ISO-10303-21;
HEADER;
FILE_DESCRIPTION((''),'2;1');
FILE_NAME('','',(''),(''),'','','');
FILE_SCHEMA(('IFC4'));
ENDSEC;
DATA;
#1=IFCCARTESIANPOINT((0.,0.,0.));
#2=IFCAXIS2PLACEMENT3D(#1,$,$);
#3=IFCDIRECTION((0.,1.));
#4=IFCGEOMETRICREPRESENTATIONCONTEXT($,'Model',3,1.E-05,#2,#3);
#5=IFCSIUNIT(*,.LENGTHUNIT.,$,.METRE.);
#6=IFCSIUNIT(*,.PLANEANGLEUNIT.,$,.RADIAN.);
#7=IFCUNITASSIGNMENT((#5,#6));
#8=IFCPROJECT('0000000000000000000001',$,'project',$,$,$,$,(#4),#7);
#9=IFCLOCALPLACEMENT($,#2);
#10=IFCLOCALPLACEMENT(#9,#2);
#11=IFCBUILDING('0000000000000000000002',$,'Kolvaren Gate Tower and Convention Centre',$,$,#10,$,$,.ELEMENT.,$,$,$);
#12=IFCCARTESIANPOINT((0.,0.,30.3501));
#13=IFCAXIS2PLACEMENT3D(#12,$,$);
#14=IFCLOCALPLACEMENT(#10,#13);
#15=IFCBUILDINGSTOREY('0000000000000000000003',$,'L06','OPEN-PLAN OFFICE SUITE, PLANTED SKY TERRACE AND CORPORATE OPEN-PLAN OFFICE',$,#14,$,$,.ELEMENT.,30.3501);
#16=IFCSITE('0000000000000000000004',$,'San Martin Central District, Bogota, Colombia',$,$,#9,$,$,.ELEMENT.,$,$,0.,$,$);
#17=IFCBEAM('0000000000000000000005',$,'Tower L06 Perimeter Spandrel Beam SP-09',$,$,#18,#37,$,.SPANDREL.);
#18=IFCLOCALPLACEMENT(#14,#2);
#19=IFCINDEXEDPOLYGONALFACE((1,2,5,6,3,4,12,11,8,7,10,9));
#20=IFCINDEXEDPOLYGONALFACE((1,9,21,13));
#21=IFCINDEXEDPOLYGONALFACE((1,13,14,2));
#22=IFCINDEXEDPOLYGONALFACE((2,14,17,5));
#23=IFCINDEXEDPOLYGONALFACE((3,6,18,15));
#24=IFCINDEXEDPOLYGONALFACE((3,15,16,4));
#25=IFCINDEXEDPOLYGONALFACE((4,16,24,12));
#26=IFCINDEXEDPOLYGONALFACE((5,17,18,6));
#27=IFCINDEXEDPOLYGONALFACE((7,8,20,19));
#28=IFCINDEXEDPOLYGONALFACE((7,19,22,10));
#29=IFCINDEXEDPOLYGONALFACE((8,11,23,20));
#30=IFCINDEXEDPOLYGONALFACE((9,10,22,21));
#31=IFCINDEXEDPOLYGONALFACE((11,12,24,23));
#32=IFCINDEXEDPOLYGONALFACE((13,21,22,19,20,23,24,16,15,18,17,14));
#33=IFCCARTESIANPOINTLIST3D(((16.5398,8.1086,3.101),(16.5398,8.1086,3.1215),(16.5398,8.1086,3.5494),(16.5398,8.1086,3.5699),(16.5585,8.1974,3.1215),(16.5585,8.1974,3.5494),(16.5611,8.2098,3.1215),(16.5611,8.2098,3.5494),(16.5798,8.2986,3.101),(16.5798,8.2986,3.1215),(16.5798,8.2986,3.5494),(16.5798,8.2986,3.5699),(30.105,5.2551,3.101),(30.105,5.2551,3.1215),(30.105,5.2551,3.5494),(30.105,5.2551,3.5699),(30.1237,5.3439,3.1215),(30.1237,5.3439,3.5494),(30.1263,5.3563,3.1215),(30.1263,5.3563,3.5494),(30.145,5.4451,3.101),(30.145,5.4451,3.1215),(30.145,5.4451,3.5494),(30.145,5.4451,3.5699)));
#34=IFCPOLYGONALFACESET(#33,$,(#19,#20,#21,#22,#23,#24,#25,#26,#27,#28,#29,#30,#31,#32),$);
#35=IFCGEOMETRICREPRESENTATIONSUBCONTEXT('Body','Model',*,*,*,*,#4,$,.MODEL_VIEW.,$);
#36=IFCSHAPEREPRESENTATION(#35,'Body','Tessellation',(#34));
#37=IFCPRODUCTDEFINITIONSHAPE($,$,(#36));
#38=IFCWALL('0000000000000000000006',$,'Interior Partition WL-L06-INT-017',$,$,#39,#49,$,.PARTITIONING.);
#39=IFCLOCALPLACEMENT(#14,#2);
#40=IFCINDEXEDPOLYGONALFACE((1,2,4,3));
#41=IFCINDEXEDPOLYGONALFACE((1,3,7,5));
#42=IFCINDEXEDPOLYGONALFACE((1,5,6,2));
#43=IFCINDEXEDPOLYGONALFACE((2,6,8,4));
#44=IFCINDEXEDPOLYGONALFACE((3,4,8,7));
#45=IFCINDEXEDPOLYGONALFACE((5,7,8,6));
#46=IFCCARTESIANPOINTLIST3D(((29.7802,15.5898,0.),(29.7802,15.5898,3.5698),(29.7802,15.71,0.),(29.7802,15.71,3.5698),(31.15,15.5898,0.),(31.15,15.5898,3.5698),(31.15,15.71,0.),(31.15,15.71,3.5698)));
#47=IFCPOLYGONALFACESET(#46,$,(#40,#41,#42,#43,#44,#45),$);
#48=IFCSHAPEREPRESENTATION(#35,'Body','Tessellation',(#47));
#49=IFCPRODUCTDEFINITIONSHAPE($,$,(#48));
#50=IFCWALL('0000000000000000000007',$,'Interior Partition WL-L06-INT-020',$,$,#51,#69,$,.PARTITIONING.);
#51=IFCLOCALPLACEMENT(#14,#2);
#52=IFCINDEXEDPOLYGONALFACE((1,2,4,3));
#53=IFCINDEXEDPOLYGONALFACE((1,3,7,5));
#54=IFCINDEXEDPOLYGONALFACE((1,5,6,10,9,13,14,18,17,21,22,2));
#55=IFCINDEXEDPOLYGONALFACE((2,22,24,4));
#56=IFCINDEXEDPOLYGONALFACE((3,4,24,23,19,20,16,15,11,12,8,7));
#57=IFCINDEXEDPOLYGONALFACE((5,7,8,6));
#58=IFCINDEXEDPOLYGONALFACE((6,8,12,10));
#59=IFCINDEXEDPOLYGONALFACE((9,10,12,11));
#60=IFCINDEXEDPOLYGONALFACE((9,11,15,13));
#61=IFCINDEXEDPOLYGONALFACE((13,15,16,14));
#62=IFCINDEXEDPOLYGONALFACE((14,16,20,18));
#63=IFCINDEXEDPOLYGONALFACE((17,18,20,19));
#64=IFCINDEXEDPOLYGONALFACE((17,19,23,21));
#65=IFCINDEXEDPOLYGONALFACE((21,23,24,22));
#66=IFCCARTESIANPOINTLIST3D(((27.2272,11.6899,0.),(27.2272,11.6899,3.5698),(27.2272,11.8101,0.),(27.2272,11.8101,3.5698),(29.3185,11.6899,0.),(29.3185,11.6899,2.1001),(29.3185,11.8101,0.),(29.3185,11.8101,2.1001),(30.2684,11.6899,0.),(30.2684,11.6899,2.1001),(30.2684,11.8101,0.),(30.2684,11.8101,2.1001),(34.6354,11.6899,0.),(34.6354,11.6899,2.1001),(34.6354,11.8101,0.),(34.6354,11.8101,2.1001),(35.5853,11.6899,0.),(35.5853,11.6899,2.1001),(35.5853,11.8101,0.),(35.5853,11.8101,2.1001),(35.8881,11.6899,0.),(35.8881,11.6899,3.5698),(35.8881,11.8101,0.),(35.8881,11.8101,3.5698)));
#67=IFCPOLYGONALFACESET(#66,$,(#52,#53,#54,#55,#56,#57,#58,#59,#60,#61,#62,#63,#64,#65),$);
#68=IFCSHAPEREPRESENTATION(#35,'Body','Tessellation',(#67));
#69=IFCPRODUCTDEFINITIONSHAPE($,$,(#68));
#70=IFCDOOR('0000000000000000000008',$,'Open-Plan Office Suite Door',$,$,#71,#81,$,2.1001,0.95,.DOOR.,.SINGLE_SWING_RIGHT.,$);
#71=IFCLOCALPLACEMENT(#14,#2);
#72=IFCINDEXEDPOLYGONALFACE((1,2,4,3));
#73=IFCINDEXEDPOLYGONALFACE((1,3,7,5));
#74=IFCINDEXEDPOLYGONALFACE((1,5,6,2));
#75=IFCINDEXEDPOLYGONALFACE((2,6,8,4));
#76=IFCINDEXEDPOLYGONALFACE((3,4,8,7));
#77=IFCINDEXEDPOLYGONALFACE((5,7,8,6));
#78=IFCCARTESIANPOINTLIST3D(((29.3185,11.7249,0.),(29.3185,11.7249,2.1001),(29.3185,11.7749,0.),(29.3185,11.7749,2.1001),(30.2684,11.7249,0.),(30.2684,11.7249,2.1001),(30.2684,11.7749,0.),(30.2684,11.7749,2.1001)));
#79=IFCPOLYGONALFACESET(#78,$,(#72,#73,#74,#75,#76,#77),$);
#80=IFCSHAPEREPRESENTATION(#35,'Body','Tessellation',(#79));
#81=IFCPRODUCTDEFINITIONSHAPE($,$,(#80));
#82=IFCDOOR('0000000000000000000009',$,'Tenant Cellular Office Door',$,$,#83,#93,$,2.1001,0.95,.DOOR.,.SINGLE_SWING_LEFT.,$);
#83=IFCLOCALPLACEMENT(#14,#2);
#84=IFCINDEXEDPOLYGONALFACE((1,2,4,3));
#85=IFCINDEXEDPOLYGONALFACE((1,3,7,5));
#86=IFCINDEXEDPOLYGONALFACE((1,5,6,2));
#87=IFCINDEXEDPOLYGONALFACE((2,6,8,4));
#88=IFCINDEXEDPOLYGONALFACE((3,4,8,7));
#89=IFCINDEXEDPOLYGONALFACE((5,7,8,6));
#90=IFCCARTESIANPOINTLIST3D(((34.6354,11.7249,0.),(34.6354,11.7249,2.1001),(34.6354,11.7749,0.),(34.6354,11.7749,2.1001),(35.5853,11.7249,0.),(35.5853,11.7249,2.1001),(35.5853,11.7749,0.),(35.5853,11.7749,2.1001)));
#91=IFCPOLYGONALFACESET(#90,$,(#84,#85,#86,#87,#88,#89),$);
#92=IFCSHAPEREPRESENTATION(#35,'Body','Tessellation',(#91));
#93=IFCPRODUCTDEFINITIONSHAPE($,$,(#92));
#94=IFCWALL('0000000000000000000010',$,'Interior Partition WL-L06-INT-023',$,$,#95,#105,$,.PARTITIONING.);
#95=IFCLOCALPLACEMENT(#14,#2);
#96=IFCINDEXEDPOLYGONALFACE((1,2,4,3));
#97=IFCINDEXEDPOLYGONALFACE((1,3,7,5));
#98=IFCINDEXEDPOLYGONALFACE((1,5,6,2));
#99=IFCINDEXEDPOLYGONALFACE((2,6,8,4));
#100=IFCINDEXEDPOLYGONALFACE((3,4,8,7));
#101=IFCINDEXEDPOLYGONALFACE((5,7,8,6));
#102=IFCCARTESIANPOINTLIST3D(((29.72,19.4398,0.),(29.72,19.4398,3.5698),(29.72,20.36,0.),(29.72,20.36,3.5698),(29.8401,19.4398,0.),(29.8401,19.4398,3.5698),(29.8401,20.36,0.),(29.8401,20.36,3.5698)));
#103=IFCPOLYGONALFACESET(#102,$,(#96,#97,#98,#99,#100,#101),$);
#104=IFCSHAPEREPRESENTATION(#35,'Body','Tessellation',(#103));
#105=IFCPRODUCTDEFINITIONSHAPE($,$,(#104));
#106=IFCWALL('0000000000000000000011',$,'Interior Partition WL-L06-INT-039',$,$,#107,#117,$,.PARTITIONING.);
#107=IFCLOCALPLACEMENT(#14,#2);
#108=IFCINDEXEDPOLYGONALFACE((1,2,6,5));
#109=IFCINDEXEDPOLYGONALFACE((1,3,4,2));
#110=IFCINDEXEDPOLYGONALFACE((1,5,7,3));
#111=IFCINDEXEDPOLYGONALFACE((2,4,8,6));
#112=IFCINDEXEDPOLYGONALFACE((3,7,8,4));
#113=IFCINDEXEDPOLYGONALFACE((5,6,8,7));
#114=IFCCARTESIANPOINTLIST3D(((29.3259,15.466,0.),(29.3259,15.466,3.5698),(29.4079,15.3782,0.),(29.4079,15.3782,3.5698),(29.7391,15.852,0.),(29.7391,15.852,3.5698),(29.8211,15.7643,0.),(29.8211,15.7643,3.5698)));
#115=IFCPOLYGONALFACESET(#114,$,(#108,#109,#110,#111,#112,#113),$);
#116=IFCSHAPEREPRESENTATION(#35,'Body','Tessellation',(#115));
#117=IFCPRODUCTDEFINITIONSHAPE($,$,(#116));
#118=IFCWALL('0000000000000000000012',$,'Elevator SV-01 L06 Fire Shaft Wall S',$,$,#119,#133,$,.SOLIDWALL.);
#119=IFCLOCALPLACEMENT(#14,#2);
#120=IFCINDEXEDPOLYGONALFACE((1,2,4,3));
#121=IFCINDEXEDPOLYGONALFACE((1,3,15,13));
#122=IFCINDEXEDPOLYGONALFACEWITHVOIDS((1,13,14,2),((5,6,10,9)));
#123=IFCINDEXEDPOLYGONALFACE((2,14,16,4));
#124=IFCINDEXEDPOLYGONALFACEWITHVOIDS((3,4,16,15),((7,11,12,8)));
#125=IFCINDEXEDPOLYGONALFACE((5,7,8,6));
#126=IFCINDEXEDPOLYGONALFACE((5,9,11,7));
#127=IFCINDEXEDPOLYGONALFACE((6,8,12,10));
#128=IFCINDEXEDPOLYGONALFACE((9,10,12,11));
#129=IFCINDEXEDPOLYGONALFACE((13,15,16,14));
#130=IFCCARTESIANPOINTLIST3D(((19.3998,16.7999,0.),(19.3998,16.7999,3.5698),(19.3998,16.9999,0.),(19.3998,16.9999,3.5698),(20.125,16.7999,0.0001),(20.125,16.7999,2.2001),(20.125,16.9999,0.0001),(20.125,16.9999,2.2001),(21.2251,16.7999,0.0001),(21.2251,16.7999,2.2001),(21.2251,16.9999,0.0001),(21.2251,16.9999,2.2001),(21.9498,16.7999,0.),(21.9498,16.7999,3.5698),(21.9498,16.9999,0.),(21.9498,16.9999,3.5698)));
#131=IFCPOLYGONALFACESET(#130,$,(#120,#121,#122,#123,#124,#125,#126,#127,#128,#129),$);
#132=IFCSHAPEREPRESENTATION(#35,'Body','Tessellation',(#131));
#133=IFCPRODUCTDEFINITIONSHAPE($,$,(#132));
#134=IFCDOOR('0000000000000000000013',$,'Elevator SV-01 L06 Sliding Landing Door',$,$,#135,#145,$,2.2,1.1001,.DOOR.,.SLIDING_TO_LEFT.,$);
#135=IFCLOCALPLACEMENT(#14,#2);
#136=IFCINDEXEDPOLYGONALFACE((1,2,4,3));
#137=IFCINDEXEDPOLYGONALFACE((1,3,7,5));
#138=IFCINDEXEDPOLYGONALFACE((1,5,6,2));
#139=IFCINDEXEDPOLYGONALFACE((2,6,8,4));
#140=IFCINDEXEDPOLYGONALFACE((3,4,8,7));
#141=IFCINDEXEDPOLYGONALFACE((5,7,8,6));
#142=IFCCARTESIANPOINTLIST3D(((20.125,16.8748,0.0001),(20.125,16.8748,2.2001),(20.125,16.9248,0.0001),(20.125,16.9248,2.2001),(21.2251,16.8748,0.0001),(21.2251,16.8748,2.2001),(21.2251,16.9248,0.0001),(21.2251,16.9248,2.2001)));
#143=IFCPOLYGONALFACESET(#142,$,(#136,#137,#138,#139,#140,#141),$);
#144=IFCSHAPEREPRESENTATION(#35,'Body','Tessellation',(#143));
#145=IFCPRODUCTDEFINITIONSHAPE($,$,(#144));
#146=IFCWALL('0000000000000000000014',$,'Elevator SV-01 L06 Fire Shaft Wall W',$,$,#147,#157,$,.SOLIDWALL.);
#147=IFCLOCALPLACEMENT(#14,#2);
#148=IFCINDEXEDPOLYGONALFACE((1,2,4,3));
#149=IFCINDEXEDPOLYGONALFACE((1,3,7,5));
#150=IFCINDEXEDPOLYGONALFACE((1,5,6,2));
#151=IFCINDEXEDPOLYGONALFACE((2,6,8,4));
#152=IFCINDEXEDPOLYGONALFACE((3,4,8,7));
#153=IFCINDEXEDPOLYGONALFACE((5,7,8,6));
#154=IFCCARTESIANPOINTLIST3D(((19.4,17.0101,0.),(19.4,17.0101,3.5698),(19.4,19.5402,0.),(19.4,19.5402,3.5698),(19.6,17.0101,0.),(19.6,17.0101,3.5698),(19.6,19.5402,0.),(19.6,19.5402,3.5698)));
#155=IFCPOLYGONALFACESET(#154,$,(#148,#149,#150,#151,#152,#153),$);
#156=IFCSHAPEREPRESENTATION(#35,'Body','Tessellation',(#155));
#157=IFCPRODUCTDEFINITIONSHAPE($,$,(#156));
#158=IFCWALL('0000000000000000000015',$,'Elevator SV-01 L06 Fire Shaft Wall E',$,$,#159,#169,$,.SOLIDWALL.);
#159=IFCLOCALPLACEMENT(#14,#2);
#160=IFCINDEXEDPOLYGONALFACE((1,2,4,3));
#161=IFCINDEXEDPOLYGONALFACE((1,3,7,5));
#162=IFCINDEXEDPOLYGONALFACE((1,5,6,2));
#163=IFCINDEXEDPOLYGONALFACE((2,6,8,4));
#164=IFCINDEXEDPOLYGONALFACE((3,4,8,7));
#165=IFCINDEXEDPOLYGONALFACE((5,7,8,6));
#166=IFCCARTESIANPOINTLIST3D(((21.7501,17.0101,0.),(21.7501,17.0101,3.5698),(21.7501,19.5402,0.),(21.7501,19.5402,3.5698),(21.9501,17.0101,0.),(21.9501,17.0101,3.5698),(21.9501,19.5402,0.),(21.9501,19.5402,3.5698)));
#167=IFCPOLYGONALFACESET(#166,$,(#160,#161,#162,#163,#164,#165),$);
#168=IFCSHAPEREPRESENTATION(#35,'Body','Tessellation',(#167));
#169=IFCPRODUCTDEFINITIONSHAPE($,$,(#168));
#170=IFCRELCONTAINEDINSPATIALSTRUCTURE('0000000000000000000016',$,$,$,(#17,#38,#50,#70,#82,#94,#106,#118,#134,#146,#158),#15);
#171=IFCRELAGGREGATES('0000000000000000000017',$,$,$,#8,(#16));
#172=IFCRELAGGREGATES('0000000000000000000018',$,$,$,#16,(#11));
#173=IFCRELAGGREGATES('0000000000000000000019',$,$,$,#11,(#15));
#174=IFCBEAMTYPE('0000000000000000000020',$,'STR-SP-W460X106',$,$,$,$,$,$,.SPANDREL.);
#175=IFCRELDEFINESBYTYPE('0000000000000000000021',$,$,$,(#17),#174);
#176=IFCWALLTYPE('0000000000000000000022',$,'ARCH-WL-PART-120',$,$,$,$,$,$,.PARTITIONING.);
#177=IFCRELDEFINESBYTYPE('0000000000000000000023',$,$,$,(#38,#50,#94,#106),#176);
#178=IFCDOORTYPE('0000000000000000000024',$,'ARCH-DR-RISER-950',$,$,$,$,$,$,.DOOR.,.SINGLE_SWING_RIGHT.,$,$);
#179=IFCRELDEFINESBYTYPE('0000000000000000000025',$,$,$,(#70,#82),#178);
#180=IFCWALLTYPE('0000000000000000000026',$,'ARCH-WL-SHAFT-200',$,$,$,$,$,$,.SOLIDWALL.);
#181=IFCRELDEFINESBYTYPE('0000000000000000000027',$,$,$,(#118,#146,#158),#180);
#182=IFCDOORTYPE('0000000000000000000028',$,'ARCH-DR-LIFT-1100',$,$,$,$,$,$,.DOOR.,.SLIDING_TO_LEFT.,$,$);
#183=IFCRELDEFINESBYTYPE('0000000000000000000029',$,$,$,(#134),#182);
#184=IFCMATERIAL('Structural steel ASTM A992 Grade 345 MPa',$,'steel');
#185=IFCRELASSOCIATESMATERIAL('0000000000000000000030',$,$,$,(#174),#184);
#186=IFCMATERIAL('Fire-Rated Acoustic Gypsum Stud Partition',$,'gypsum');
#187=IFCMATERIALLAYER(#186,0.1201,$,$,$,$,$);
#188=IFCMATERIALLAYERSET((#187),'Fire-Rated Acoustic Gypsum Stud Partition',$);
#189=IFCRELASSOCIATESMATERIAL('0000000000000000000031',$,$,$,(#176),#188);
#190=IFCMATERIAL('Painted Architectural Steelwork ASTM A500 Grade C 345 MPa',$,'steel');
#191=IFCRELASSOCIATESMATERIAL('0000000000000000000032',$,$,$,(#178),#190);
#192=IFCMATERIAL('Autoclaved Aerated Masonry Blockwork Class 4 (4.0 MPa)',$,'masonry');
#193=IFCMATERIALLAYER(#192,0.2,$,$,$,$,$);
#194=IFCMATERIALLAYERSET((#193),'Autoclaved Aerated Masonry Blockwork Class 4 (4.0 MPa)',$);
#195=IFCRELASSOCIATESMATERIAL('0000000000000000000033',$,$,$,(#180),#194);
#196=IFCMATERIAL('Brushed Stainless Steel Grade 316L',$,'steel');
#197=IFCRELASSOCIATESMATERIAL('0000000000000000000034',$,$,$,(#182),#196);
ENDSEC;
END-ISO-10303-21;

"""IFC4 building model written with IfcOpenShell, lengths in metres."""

from ifc_helpers import new_model, si_unit, direction, frame, frame_2d, origin, origin_2d, place, context, subcontext, project, spatial, rectangle, i_section, extrude, material, layer, layer_set, material_profile, profile_set, type_object, element, fill, save


model = new_model("IFC4")

# Units and contexts
model_context = context("Model", 3, precision=1e-05, world=origin(), true_north=direction((0.0, 1.0)))
body_context = subcontext(model_context, "Body", "Model", "MODEL_VIEW")
ifc_project = project(units=[si_unit("LENGTHUNIT", "METRE"), si_unit("PLANEANGLEUNIT", "RADIAN")], contexts=[model_context])

# Site, building, storey
site_placement = place(None, origin())
site = spatial("IfcSite", under=ifc_project, at=site_placement, Name="San Martin Central District, Bogota, Colombia", CompositionType="ELEMENT", RefElevation=0.0)
building_placement = place(site_placement, origin())
building = spatial("IfcBuilding", under=site, at=building_placement, Name="Kolvaren Gate Tower and Convention Centre", CompositionType="ELEMENT")
storey_placement = place(building_placement, frame((0.0, 0.0, 30.3501)))
storey = spatial("IfcBuildingStorey", under=building, at=storey_placement, Name="L06", Description="OPEN-PLAN OFFICE SUITE, PLANTED SKY TERRACE AND CORPORATE OPEN-PLAN OFFICE", CompositionType="ELEMENT", Elevation=30.3501)

# Beam
ifc_material_1 = material(Name="Structural steel ASTM A992 Grade 345 MPa", Category="steel")
ifc_material_profile_1 = material_profile(ifc_material_1, i_section(OverallWidth=0.1941, OverallDepth=0.469, WebThickness=0.0127, FlangeThickness=0.0205, at=origin_2d()), Name="W460X106")
ifc_profile_set_1 = profile_set([ifc_material_profile_1], Name="Structural steel ASTM A992 Grade 345 MPa")
beam_type_1 = type_object("IfcBeamType", Name="STR-SP-W460X106", PredefinedType="SPANDREL", material=ifc_profile_set_1)
beam_1_placement = place(storey_placement, frame((16.5598, 8.2036, 3.3354), z_axis=(0.978583, -0.205851, 0.0), x_axis=(0.205851, 0.978583, 0.0)))
element("IfcBeam", 1, at=beam_1_placement, inside=storey, type_object=beam_type_1, Name="Tower L06 Perimeter Spandrel Beam SP-09", PredefinedType="SPANDREL", context=body_context, shape_type="SweptSolid", body=[
    extrude(i_section(OverallWidth=0.1941, OverallDepth=0.469, WebThickness=0.0127, FlangeThickness=0.0205, at=origin_2d()), origin(), (0.0, 0.0, 1.0), 13.8621),
])

# Wall
ifc_material_2 = material(Name="Fire-Rated Acoustic Gypsum Stud Partition", Category="gypsum")
ifc_layer_1 = layer(ifc_material_2, 0.1201)
ifc_layer_set_1 = layer_set([ifc_layer_1], Name="Fire-Rated Acoustic Gypsum Stud Partition")
wall_type_1 = type_object("IfcWallType", Name="ARCH-WL-PART-120", PredefinedType="PARTITIONING", material=ifc_layer_set_1)
wall_1_placement = place(storey_placement, frame((29.78, 15.6499, 0.0), z_axis=(0.0, 0.0, 1.0), x_axis=(1.0, 0.0, 0.0)))
element("IfcWall", 2, at=wall_1_placement, inside=storey, type_object=wall_type_1, Name="Interior Partition WL-L06-INT-017", PredefinedType="PARTITIONING", context=body_context, shape_type="SweptSolid", body=[
    extrude(rectangle(XDim=1.3699, YDim=0.1201, at=frame_2d((0.6851, 0.0))), origin(), (0.0, 0.0, 1.0), 3.5698),
])

# Wall, openings, doors
wall_2_placement = place(storey_placement, frame((27.2271, 11.75, 0.0), z_axis=(0.0, 0.0, 1.0), x_axis=(1.0, 0.0, 0.0)))
wall_2 = element("IfcWall", 3, at=wall_2_placement, inside=storey, type_object=wall_type_1, Name="Interior Partition WL-L06-INT-020", PredefinedType="PARTITIONING", context=body_context, shape_type="SweptSolid", body=[
    extrude(rectangle(XDim=8.6609, YDim=0.1201, at=frame_2d((4.3306, 0.0))), origin(), (0.0, 0.0, 1.0), 3.5698),
])
opening_1_placement = place(wall_2_placement, frame((2.0913, 0.0, 0.0)))
opening_1 = element("IfcOpeningElement", 4, at=opening_1_placement, cuts=wall_2, PredefinedType="OPENING", context=body_context, shape_type="SweptSolid", body=[
    extrude(rectangle(XDim=0.95, YDim=2.1001, at=frame_2d((0.4751, 1.05))), frame((0.0, 0.0701, 0.0), z_axis=(0.0, -1.0, 0.0), x_axis=(1.0, 0.0, 0.0)), (0.0, 0.0, 1.0), 0.1401),
])
opening_2_placement = place(wall_2_placement, frame((7.4082, 0.0, 0.0)))
opening_2 = element("IfcOpeningElement", 5, at=opening_2_placement, cuts=wall_2, PredefinedType="OPENING", context=body_context, shape_type="SweptSolid", body=[
    extrude(rectangle(XDim=0.95, YDim=2.1001, at=frame_2d((0.4751, 1.05))), frame((0.0, 0.0701, 0.0), z_axis=(0.0, -1.0, 0.0), x_axis=(1.0, 0.0, 0.0)), (0.0, 0.0, 1.0), 0.1401),
])
ifc_material_3 = material(Name="Painted Architectural Steelwork ASTM A500 Grade C 345 MPa", Category="steel")
door_type_1 = type_object("IfcDoorType", Name="ARCH-DR-RISER-950", OperationType="SINGLE_SWING_RIGHT", PredefinedType="DOOR", material=ifc_material_3)
door_1_placement = place(opening_1_placement, origin())
door_1 = element("IfcDoor", 6, at=door_1_placement, inside=storey, type_object=door_type_1, Name="Open-Plan Office Suite Door", OperationType="SINGLE_SWING_RIGHT", OverallHeight=2.1001, OverallWidth=0.95, PredefinedType="DOOR", context=body_context, shape_type="SweptSolid", body=[
    extrude(rectangle(XDim=0.95, YDim=2.1001, at=frame_2d((0.4751, 1.05))), frame((0.0, 0.0249, 0.0), z_axis=(0.0, -1.0, 0.0), x_axis=(1.0, 0.0, 0.0)), (0.0, 0.0, 1.0), 0.05),
])
fill(opening_1, door_1)
door_2_placement = place(opening_2_placement, origin())
door_2 = element("IfcDoor", 7, at=door_2_placement, inside=storey, type_object=door_type_1, Name="Tenant Cellular Office Door", OperationType="SINGLE_SWING_LEFT", OverallHeight=2.1001, OverallWidth=0.95, PredefinedType="DOOR", context=body_context, shape_type="SweptSolid", body=[
    extrude(rectangle(XDim=0.95, YDim=2.1001, at=frame_2d((0.4751, 1.05))), frame((0.0, 0.0249, 0.0), z_axis=(0.0, -1.0, 0.0), x_axis=(1.0, 0.0, 0.0)), (0.0, 0.0, 1.0), 0.05),
])
fill(opening_2, door_2)

# Walls
wall_3_placement = place(storey_placement, frame((29.78, 19.4399, 0.0), z_axis=(0.0, 0.0, 1.0), x_axis=(0.0, 1.0, 0.0)))
element("IfcWall", 8, at=wall_3_placement, inside=storey, type_object=wall_type_1, Name="Interior Partition WL-L06-INT-023", PredefinedType="PARTITIONING", context=body_context, shape_type="SweptSolid", body=[
    extrude(rectangle(XDim=0.9202, YDim=0.1201, at=frame_2d((0.46, 0.0))), origin(), (0.0, 0.0, 1.0), 3.5698),
])
wall_4_placement = place(storey_placement, frame((29.3669, 15.4221, 0.0), z_axis=(0.0, 0.0, 1.0), x_axis=(0.730667, 0.682734, 0.0)))
element("IfcWall", 9, at=wall_4_placement, inside=storey, type_object=wall_type_1, Name="Interior Partition WL-L06-INT-039", PredefinedType="PARTITIONING", context=body_context, shape_type="SweptSolid", body=[
    extrude(rectangle(XDim=0.5654, YDim=0.1201, at=frame_2d((0.2827, 0.0))), origin(), (0.0, 0.0, 1.0), 3.5698),
])

# Wall, opening, door
ifc_material_4 = material(Name="Autoclaved Aerated Masonry Blockwork Class 4 (4.0 MPa)", Category="masonry")
ifc_layer_2 = layer(ifc_material_4, 0.2)
ifc_layer_set_2 = layer_set([ifc_layer_2], Name="Autoclaved Aerated Masonry Blockwork Class 4 (4.0 MPa)")
wall_type_2 = type_object("IfcWallType", Name="ARCH-WL-SHAFT-200", PredefinedType="SOLIDWALL", material=ifc_layer_set_2)
wall_5_placement = place(storey_placement, frame((19.3999, 16.8999, 0.0), z_axis=(0.0, 0.0, 1.0), x_axis=(1.0, 0.0, 0.0)))
wall_5 = element("IfcWall", 10, at=wall_5_placement, inside=storey, type_object=wall_type_2, Name="Elevator SV-01 L06 Fire Shaft Wall S", PredefinedType="SOLIDWALL", context=body_context, shape_type="SweptSolid", body=[
    extrude(rectangle(XDim=2.55, YDim=0.2, at=frame_2d((1.2749, 0.0))), origin(), (0.0, 0.0, 1.0), 3.5698),
])
opening_3_placement = place(wall_5_placement, frame((0.7251, 0.0, 0.0)))
opening_3 = element("IfcOpeningElement", 11, at=opening_3_placement, cuts=wall_5, PredefinedType="OPENING", context=body_context, shape_type="SweptSolid", body=[
    extrude(rectangle(XDim=1.1001, YDim=2.2, at=frame_2d((0.55, 1.1001))), frame((0.0, 0.1099, 0.0), z_axis=(0.0, -1.0, 0.0), x_axis=(1.0, 0.0, 0.0)), (0.0, 0.0, 1.0), 0.22),
])
ifc_material_5 = material(Name="Brushed Stainless Steel Grade 316L", Category="steel")
door_type_2 = type_object("IfcDoorType", Name="ARCH-DR-LIFT-1100", OperationType="SLIDING_TO_LEFT", PredefinedType="DOOR", material=ifc_material_5)
door_3_placement = place(opening_3_placement, origin())
door_3 = element("IfcDoor", 12, at=door_3_placement, inside=storey, type_object=door_type_2, Name="Elevator SV-01 L06 Sliding Landing Door", OperationType="SLIDING_TO_LEFT", OverallHeight=2.2, OverallWidth=1.1001, PredefinedType="DOOR", context=body_context, shape_type="SweptSolid", body=[
    extrude(rectangle(XDim=1.1001, YDim=2.2, at=frame_2d((0.55, 1.1001))), frame((0.0, 0.0249, 0.0), z_axis=(0.0, -1.0, 0.0), x_axis=(1.0, 0.0, 0.0)), (0.0, 0.0, 1.0), 0.05),
])
fill(opening_3, door_3)

# Walls
for number, where, z_axis, x_axis, name in (
    (13, (19.5, 17.01, 0.0), (0.0, 0.0, 1.0), (0.0, 1.0, 0.0), "Elevator SV-01 L06 Fire Shaft Wall W"),
    (14, (21.8501, 17.01, 0.0), (0.0, 0.0, 1.0), (0.0, 1.0, 0.0), "Elevator SV-01 L06 Fire Shaft Wall E"),
):
    element("IfcWall", number, at=place(storey_placement, frame(where, z_axis=z_axis, x_axis=x_axis)), inside=storey, type_object=wall_type_2, Name=name, PredefinedType="SOLIDWALL", context=body_context, shape_type="SweptSolid", body=[
        extrude(rectangle(XDim=2.53, YDim=0.2, at=frame_2d((1.2651, 0.0))), origin(), (0.0, 0.0, 1.0), 3.5698),
    ])

save(model, "model.ifc")
